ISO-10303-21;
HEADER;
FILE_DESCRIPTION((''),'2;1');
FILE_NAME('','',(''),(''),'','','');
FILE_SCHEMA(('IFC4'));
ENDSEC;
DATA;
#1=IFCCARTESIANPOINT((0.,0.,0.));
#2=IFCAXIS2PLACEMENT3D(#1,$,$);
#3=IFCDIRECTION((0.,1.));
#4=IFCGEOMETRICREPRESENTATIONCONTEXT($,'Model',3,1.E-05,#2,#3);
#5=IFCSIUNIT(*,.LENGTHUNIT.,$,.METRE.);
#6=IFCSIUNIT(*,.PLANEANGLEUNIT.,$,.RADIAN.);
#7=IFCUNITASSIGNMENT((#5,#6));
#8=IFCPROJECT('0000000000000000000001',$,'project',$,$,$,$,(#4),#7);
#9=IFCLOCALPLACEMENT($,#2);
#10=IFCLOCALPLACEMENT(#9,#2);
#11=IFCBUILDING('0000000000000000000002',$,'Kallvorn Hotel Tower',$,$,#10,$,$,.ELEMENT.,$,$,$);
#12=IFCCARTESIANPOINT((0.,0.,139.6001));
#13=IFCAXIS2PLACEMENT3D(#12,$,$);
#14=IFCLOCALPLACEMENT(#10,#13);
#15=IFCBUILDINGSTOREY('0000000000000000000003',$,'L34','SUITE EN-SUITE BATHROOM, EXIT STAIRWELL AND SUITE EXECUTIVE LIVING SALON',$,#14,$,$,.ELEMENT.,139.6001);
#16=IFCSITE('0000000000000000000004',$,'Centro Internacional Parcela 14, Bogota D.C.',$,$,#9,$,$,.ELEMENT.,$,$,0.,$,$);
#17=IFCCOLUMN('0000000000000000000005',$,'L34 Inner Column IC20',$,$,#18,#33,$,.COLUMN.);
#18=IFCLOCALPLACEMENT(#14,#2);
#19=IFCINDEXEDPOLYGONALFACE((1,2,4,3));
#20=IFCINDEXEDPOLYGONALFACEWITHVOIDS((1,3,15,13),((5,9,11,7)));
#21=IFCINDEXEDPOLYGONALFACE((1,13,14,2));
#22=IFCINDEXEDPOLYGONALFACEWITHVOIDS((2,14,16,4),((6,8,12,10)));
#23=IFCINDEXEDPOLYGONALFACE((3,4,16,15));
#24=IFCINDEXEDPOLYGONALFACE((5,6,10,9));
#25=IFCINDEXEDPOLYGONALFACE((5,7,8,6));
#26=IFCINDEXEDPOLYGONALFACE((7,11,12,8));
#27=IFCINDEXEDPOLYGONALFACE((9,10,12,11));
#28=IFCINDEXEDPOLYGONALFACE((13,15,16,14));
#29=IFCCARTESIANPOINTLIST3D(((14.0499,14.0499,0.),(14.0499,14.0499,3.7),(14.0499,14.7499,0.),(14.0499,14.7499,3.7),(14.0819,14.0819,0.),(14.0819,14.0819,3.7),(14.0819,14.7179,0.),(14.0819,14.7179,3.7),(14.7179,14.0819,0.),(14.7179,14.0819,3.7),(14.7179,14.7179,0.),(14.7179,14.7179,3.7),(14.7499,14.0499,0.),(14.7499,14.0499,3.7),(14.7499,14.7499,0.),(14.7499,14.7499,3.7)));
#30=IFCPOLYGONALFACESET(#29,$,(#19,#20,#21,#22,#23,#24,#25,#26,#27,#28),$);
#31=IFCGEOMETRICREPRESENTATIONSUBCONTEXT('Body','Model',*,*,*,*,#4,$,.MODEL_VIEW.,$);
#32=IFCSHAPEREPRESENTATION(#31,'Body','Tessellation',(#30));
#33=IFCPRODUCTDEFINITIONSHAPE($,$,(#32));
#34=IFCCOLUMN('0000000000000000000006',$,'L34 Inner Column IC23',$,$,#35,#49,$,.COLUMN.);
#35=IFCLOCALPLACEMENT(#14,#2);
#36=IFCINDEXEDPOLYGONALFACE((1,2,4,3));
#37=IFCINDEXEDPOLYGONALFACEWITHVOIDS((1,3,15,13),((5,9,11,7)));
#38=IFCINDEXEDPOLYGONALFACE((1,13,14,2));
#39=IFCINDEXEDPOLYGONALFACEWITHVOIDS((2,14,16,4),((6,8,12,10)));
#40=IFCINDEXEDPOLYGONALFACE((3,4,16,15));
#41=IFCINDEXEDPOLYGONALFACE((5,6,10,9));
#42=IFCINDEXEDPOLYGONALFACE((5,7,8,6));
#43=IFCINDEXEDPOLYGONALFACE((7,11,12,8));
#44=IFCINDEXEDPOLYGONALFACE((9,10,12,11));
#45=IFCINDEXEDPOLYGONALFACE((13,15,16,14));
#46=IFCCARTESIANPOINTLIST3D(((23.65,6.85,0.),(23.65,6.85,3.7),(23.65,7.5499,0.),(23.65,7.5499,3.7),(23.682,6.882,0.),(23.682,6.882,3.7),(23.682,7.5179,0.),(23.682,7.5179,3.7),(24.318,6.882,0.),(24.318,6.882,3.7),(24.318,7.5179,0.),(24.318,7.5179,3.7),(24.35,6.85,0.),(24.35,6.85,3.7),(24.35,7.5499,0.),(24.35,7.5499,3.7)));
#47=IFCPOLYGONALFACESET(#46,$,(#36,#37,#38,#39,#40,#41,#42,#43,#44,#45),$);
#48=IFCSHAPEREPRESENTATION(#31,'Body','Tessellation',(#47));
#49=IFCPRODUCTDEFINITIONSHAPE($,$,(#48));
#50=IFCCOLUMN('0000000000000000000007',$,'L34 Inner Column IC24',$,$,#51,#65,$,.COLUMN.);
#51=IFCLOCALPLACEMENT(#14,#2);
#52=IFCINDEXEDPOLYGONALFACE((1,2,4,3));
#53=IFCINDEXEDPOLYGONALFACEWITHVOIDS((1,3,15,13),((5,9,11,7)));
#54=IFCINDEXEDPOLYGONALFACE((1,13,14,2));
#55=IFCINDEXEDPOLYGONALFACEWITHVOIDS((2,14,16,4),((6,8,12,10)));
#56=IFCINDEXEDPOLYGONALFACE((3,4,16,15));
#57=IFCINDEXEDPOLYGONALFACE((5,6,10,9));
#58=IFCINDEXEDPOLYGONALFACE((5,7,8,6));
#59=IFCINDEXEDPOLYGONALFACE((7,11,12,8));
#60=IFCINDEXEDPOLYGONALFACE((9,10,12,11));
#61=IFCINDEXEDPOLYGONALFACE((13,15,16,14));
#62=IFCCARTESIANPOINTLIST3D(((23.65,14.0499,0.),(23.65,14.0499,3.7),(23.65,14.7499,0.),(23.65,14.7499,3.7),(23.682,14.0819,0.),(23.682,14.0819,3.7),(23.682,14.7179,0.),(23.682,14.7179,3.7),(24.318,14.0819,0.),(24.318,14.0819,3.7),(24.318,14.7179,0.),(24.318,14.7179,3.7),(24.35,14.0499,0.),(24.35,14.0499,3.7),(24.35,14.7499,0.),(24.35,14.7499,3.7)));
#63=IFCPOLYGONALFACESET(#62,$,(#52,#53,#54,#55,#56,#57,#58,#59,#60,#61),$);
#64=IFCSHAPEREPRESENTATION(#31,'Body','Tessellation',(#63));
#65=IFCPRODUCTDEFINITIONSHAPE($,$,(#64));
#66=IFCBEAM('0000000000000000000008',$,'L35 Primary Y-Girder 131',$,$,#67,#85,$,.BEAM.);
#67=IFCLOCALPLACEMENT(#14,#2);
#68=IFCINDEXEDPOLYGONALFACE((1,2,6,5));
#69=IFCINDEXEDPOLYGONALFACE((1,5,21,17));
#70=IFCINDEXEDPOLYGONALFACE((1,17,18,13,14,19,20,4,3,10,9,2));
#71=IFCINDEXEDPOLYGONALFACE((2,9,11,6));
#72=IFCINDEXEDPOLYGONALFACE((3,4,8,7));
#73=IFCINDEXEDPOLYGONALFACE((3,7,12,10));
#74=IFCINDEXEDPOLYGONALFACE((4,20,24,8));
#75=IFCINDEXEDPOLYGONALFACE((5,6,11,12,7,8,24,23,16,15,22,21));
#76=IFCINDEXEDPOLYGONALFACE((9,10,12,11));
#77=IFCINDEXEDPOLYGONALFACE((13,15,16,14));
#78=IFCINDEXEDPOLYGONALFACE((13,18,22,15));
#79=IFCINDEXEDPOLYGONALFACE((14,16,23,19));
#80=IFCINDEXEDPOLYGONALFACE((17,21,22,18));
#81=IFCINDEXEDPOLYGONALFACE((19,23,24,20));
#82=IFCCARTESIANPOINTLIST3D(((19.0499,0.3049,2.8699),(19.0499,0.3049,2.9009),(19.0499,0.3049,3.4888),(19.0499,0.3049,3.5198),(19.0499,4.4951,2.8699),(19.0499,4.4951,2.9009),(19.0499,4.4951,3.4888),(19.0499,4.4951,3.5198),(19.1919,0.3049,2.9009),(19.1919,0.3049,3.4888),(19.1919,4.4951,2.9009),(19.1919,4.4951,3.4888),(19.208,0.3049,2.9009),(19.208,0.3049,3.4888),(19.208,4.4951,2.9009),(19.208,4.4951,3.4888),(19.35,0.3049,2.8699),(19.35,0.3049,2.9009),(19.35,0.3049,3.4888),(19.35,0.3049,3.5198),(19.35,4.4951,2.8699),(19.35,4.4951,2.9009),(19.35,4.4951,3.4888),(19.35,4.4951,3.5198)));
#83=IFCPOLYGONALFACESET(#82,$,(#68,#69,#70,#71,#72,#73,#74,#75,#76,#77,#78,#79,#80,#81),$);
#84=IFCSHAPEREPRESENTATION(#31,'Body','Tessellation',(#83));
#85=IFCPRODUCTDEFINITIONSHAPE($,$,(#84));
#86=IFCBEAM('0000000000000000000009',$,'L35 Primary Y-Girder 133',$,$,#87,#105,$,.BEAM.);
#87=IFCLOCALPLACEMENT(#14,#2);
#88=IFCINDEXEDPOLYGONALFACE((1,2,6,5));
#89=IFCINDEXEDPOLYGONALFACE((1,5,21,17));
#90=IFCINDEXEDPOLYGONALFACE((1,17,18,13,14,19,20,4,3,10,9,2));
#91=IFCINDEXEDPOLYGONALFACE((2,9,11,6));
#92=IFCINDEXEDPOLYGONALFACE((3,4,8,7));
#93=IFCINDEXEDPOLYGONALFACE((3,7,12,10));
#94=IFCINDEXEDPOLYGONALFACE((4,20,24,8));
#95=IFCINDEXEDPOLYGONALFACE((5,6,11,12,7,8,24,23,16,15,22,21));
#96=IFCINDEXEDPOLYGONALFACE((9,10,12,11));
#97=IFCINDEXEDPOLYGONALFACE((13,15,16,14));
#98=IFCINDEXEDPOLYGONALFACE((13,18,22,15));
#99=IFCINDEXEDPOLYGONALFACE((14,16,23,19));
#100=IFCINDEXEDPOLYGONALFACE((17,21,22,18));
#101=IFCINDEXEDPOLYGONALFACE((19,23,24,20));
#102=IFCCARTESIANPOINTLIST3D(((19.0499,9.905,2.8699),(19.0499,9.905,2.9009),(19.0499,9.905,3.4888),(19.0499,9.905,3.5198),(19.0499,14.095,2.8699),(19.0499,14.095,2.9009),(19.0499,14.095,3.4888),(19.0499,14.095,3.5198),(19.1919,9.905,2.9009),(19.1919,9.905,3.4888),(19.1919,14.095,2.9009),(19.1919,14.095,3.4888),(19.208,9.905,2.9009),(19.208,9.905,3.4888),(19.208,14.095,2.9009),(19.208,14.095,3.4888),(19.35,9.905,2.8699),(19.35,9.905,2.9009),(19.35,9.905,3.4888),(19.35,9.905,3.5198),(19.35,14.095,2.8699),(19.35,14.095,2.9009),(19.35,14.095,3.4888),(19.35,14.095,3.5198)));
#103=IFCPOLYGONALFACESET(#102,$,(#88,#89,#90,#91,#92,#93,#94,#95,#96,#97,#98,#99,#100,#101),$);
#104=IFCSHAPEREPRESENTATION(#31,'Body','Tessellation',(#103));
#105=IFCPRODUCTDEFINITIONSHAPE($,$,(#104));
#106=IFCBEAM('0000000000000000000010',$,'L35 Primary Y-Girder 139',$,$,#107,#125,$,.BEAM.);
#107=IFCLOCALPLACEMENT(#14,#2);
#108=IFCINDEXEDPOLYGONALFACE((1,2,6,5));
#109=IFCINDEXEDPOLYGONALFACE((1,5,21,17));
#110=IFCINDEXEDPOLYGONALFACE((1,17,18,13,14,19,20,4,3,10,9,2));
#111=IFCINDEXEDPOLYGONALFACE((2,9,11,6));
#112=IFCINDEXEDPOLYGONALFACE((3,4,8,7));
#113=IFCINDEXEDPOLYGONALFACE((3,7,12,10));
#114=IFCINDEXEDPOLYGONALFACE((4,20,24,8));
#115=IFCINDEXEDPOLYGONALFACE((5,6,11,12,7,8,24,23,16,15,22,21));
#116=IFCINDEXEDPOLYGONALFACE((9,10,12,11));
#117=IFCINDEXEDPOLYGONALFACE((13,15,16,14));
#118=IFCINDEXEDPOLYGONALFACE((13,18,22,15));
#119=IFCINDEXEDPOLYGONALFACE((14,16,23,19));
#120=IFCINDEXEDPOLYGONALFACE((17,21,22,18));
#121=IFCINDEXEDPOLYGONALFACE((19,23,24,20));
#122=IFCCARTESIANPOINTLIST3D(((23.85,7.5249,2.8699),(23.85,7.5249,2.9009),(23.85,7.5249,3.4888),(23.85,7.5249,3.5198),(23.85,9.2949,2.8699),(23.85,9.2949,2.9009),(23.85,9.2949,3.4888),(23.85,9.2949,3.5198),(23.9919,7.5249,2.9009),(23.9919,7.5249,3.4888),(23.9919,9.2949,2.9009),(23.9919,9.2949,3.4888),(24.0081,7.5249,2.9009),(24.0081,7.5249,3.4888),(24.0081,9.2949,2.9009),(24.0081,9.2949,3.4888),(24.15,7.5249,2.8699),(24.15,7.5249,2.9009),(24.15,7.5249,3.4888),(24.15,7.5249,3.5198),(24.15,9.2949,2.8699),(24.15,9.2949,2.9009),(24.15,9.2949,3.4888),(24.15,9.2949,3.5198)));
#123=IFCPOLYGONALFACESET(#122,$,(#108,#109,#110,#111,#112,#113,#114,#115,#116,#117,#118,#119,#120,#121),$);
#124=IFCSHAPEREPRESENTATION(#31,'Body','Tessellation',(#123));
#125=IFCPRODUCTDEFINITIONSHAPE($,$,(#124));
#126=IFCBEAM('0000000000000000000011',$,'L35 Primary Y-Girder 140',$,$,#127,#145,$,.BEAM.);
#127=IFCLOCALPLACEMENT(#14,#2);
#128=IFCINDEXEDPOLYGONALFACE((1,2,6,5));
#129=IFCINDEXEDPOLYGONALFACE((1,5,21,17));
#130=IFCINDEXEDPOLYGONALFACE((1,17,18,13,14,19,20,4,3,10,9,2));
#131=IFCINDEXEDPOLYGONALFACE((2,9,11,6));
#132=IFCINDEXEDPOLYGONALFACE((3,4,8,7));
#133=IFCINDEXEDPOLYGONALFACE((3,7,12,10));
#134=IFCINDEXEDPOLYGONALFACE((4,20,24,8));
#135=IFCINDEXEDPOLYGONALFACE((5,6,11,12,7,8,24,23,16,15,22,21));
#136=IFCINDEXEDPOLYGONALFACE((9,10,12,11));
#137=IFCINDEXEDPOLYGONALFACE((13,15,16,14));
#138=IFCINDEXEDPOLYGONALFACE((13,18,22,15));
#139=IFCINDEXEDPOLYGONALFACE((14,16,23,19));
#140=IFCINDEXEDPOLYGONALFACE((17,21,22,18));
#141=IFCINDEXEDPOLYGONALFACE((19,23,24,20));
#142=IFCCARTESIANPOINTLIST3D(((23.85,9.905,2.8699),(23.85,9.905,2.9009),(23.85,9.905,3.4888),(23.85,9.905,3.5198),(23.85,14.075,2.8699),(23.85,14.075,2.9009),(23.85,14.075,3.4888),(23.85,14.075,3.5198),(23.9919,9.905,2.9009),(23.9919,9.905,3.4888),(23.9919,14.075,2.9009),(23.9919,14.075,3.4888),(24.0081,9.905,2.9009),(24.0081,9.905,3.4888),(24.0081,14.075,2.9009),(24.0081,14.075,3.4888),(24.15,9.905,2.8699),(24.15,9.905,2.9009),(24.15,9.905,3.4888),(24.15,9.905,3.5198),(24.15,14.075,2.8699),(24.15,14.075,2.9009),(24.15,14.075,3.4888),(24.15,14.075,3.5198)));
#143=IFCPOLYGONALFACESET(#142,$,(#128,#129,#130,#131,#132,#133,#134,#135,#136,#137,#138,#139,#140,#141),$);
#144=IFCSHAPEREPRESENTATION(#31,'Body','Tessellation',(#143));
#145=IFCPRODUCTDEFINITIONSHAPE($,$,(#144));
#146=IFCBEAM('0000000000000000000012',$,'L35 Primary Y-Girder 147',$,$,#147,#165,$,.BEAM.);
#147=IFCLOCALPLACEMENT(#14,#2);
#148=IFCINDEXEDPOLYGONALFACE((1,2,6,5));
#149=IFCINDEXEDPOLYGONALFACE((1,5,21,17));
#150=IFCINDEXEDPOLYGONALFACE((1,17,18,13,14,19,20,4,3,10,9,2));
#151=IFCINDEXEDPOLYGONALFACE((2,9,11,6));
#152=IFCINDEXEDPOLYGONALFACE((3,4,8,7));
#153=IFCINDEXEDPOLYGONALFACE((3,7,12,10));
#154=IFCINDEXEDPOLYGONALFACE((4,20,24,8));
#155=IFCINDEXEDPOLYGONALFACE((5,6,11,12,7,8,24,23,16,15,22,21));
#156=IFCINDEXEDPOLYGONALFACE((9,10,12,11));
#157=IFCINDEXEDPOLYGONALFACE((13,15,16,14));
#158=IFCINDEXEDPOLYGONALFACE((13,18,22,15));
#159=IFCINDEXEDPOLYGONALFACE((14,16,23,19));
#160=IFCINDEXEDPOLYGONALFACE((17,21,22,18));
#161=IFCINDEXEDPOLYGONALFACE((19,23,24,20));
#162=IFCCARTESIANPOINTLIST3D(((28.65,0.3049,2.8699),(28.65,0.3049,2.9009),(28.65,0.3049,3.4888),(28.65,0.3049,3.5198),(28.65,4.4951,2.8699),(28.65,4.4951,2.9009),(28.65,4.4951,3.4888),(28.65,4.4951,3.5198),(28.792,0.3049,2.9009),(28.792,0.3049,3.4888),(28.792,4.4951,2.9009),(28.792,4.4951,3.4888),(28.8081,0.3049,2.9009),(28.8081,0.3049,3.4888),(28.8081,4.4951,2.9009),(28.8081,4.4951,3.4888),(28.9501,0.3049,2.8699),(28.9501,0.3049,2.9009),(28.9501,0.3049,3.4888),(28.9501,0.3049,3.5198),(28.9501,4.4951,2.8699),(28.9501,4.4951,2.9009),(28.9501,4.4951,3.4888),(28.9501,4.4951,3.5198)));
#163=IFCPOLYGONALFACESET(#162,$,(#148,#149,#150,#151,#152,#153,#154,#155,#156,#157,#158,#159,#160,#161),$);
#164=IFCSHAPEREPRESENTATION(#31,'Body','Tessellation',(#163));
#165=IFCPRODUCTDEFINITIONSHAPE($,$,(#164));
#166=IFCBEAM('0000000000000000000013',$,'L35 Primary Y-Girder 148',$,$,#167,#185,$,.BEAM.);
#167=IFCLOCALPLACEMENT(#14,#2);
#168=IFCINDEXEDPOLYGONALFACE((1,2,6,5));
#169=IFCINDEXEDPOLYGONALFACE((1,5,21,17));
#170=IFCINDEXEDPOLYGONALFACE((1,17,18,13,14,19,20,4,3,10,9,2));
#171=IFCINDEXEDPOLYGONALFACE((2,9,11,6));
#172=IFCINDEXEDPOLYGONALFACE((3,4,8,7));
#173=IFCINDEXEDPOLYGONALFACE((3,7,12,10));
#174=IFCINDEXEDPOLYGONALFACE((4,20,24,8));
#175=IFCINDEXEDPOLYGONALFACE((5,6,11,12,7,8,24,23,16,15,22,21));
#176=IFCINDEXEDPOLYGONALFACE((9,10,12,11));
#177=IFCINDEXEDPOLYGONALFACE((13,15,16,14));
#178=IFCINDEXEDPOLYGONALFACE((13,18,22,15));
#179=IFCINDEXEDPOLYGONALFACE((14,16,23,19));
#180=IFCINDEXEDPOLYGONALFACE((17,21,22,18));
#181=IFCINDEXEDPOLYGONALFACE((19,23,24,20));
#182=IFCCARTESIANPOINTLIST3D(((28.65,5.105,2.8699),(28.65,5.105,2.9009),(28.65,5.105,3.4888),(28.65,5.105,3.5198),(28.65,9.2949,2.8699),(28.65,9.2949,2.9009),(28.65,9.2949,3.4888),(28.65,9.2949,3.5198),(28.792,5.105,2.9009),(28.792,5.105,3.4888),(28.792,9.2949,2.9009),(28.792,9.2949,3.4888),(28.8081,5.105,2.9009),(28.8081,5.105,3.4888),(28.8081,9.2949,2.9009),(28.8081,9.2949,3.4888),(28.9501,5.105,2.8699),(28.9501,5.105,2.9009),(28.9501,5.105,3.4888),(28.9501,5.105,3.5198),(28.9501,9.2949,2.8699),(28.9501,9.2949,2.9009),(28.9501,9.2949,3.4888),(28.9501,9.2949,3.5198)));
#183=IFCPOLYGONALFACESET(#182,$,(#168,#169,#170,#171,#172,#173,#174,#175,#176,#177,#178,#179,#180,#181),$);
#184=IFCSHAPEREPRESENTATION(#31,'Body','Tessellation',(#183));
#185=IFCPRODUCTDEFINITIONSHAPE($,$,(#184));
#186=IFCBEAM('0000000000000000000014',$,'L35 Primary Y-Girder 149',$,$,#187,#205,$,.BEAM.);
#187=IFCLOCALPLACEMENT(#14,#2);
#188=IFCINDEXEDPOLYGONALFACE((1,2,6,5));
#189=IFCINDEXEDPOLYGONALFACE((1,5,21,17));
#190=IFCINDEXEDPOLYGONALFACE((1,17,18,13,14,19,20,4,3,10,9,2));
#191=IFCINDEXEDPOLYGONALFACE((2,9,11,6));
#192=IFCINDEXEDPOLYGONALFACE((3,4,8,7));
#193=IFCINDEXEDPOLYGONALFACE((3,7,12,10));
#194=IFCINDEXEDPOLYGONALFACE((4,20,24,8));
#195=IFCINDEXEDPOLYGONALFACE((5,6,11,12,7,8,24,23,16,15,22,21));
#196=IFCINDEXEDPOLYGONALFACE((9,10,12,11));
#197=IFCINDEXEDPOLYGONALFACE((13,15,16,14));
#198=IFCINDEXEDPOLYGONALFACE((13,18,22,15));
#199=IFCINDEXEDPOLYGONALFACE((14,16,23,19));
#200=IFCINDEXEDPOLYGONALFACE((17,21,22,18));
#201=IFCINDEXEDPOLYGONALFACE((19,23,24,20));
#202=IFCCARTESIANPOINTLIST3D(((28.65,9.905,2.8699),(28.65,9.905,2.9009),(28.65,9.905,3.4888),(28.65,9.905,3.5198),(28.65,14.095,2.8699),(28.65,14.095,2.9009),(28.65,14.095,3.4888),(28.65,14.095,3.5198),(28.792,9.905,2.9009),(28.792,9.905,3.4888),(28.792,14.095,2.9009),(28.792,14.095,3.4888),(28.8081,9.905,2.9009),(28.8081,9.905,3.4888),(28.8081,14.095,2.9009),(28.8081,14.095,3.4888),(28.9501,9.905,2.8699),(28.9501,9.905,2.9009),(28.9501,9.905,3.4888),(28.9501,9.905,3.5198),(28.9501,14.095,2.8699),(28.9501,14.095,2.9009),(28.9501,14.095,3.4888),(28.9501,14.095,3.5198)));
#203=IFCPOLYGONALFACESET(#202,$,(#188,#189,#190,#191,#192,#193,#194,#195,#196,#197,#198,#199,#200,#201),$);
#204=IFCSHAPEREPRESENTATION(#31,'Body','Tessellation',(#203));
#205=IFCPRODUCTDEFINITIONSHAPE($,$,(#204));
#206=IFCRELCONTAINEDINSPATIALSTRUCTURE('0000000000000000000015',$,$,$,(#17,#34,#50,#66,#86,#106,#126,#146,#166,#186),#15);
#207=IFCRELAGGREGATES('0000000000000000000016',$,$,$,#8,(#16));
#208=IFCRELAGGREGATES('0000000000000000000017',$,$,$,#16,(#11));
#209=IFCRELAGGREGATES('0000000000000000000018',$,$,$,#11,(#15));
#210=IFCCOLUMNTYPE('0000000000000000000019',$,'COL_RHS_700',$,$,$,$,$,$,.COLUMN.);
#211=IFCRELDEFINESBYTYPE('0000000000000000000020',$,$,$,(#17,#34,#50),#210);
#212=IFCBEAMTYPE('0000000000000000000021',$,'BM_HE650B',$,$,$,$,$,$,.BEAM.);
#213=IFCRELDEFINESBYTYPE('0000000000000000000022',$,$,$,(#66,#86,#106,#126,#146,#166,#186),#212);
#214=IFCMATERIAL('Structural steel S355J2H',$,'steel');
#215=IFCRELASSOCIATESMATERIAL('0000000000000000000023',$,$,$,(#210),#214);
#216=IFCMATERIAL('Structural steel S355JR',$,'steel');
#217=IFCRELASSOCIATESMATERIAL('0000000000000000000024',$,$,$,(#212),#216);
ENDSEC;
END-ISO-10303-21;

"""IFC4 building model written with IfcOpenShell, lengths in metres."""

from ifc_helpers import new_model, si_unit, direction, frame, origin, origin_2d, place, context, subcontext, project, spatial, hollow_rectangle, i_section, extrude, material, material_profile, profile_set, type_object, element, save


model = new_model("IFC4")

# Units and contexts
model_context = context("Model", 3, precision=1e-05, world=origin(), true_north=direction((0.0, 1.0)))
body_context = subcontext(model_context, "Body", "Model", "MODEL_VIEW")
ifc_project = project(units=[si_unit("LENGTHUNIT", "METRE"), si_unit("PLANEANGLEUNIT", "RADIAN")], contexts=[model_context])

# Site, building, storey
site_placement = place(None, origin())
site = spatial("IfcSite", under=ifc_project, at=site_placement, Name="Centro Internacional Parcela 14, Bogota D.C.", CompositionType="ELEMENT", RefElevation=0.0)
building_placement = place(site_placement, origin())
building = spatial("IfcBuilding", under=site, at=building_placement, Name="Kallvorn Hotel Tower", CompositionType="ELEMENT")
storey_placement = place(building_placement, frame((0.0, 0.0, 139.6001)))
storey = spatial("IfcBuildingStorey", under=building, at=storey_placement, Name="L34", Description="SUITE EN-SUITE BATHROOM, EXIT STAIRWELL AND SUITE EXECUTIVE LIVING SALON", CompositionType="ELEMENT", Elevation=139.6001)

# Columns
ifc_material_1 = material(Name="Structural steel S355J2H", Category="steel")
ifc_material_profile_1 = material_profile(ifc_material_1, hollow_rectangle(XDim=0.7, YDim=0.7, WallThickness=0.032, at=origin_2d()), Name="RHS 700x700x32")
ifc_profile_set_1 = profile_set([ifc_material_profile_1], Name="Structural steel S355J2H")
column_type_1 = type_object("IfcColumnType", Name="COL_RHS_700", PredefinedType="COLUMN", material=ifc_profile_set_1)
for number, where, z_axis, x_axis, name in (
    (1, (14.3999, 14.3999, 0.0), (0.0, 0.0, 1.0), (1.0, 0.0, 0.0), "L34 Inner Column IC20"),
    (2, (24.0, 7.2, 0.0), (0.0, 0.0, 1.0), (1.0, 0.0, 0.0), "L34 Inner Column IC23"),
    (3, (24.0, 14.3999, 0.0), (0.0, 0.0, 1.0), (1.0, 0.0, 0.0), "L34 Inner Column IC24"),
):
    element("IfcColumn", number, at=place(storey_placement, frame(where, z_axis=z_axis, x_axis=x_axis)), inside=storey, type_object=column_type_1, Name=name, PredefinedType="COLUMN", context=body_context, shape_type="SweptSolid", body=[
        extrude(hollow_rectangle(XDim=0.7, YDim=0.7, WallThickness=0.032, at=origin_2d()), origin(), (0.0, 0.0, 1.0), 3.7),
    ])

# Beams
ifc_material_2 = material(Name="Structural steel S355JR", Category="steel")
ifc_material_profile_2 = material_profile(ifc_material_2, i_section(OverallWidth=0.3, OverallDepth=0.6499, WebThickness=0.0161, FlangeThickness=0.031, at=origin_2d()), Name="HE 650 B")
ifc_profile_set_2 = profile_set([ifc_material_profile_2], Name="Structural steel S355JR")
beam_type_1 = type_object("IfcBeamType", Name="BM_HE650B", PredefinedType="BEAM", material=ifc_profile_set_2)
beam_1_placement = place(storey_placement, frame((19.2, 0.3049, 3.1948), z_axis=(0.0, 1.0, 0.0), x_axis=(-1.0, 0.0, 0.0)))
element("IfcBeam", 4, at=beam_1_placement, inside=storey, type_object=beam_type_1, Name="L35 Primary Y-Girder 131", PredefinedType="BEAM", context=body_context, shape_type="SweptSolid", body=[
    extrude(i_section(OverallWidth=0.3, OverallDepth=0.6499, WebThickness=0.0161, FlangeThickness=0.031, at=origin_2d()), origin(), (0.0, 0.0, 1.0), 4.1902),
])
beam_2_placement = place(storey_placement, frame((19.2, 9.905, 3.1948), z_axis=(0.0, 1.0, 0.0), x_axis=(-1.0, 0.0, 0.0)))
element("IfcBeam", 5, at=beam_2_placement, inside=storey, type_object=beam_type_1, Name="L35 Primary Y-Girder 133", PredefinedType="BEAM", context=body_context, shape_type="SweptSolid", body=[
    extrude(i_section(OverallWidth=0.3, OverallDepth=0.6499, WebThickness=0.0161, FlangeThickness=0.031, at=origin_2d()), origin(), (0.0, 0.0, 1.0), 4.1899),
])
beam_3_placement = place(storey_placement, frame((24.0, 7.5249, 3.1948), z_axis=(0.0, 1.0, 0.0), x_axis=(-1.0, 0.0, 0.0)))
element("IfcBeam", 6, at=beam_3_placement, inside=storey, type_object=beam_type_1, Name="L35 Primary Y-Girder 139", PredefinedType="BEAM", context=body_context, shape_type="SweptSolid", body=[
    extrude(i_section(OverallWidth=0.3, OverallDepth=0.6499, WebThickness=0.0161, FlangeThickness=0.031, at=origin_2d()), origin(), (0.0, 0.0, 1.0), 1.77),
])
beam_4_placement = place(storey_placement, frame((24.0, 9.905, 3.1948), z_axis=(0.0, 1.0, 0.0), x_axis=(-1.0, 0.0, 0.0)))
element("IfcBeam", 7, at=beam_4_placement, inside=storey, type_object=beam_type_1, Name="L35 Primary Y-Girder 140", PredefinedType="BEAM", context=body_context, shape_type="SweptSolid", body=[
    extrude(i_section(OverallWidth=0.3, OverallDepth=0.6499, WebThickness=0.0161, FlangeThickness=0.031, at=origin_2d()), origin(), (0.0, 0.0, 1.0), 4.1699),
])
beam_5_placement = place(storey_placement, frame((28.8, 0.3049, 3.1948), z_axis=(0.0, 1.0, 0.0), x_axis=(-1.0, 0.0, 0.0)))
element("IfcBeam", 8, at=beam_5_placement, inside=storey, type_object=beam_type_1, Name="L35 Primary Y-Girder 147", PredefinedType="BEAM", context=body_context, shape_type="SweptSolid", body=[
    extrude(i_section(OverallWidth=0.3, OverallDepth=0.6499, WebThickness=0.0161, FlangeThickness=0.031, at=origin_2d()), origin(), (0.0, 0.0, 1.0), 4.1902),
])
for number, where, z_axis, x_axis, name in (
    (9, (28.8, 5.105, 3.1948), (0.0, 1.0, 0.0), (-1.0, 0.0, 0.0), "L35 Primary Y-Girder 148"),
    (10, (28.8, 9.905, 3.1948), (0.0, 1.0, 0.0), (-1.0, 0.0, 0.0), "L35 Primary Y-Girder 149"),
):
    element("IfcBeam", number, at=place(storey_placement, frame(where, z_axis=z_axis, x_axis=x_axis)), inside=storey, type_object=beam_type_1, Name=name, PredefinedType="BEAM", context=body_context, shape_type="SweptSolid", body=[
        extrude(i_section(OverallWidth=0.3, OverallDepth=0.6499, WebThickness=0.0161, FlangeThickness=0.031, at=origin_2d()), origin(), (0.0, 0.0, 1.0), 4.1899),
    ])

save(model, "model.ifc")
